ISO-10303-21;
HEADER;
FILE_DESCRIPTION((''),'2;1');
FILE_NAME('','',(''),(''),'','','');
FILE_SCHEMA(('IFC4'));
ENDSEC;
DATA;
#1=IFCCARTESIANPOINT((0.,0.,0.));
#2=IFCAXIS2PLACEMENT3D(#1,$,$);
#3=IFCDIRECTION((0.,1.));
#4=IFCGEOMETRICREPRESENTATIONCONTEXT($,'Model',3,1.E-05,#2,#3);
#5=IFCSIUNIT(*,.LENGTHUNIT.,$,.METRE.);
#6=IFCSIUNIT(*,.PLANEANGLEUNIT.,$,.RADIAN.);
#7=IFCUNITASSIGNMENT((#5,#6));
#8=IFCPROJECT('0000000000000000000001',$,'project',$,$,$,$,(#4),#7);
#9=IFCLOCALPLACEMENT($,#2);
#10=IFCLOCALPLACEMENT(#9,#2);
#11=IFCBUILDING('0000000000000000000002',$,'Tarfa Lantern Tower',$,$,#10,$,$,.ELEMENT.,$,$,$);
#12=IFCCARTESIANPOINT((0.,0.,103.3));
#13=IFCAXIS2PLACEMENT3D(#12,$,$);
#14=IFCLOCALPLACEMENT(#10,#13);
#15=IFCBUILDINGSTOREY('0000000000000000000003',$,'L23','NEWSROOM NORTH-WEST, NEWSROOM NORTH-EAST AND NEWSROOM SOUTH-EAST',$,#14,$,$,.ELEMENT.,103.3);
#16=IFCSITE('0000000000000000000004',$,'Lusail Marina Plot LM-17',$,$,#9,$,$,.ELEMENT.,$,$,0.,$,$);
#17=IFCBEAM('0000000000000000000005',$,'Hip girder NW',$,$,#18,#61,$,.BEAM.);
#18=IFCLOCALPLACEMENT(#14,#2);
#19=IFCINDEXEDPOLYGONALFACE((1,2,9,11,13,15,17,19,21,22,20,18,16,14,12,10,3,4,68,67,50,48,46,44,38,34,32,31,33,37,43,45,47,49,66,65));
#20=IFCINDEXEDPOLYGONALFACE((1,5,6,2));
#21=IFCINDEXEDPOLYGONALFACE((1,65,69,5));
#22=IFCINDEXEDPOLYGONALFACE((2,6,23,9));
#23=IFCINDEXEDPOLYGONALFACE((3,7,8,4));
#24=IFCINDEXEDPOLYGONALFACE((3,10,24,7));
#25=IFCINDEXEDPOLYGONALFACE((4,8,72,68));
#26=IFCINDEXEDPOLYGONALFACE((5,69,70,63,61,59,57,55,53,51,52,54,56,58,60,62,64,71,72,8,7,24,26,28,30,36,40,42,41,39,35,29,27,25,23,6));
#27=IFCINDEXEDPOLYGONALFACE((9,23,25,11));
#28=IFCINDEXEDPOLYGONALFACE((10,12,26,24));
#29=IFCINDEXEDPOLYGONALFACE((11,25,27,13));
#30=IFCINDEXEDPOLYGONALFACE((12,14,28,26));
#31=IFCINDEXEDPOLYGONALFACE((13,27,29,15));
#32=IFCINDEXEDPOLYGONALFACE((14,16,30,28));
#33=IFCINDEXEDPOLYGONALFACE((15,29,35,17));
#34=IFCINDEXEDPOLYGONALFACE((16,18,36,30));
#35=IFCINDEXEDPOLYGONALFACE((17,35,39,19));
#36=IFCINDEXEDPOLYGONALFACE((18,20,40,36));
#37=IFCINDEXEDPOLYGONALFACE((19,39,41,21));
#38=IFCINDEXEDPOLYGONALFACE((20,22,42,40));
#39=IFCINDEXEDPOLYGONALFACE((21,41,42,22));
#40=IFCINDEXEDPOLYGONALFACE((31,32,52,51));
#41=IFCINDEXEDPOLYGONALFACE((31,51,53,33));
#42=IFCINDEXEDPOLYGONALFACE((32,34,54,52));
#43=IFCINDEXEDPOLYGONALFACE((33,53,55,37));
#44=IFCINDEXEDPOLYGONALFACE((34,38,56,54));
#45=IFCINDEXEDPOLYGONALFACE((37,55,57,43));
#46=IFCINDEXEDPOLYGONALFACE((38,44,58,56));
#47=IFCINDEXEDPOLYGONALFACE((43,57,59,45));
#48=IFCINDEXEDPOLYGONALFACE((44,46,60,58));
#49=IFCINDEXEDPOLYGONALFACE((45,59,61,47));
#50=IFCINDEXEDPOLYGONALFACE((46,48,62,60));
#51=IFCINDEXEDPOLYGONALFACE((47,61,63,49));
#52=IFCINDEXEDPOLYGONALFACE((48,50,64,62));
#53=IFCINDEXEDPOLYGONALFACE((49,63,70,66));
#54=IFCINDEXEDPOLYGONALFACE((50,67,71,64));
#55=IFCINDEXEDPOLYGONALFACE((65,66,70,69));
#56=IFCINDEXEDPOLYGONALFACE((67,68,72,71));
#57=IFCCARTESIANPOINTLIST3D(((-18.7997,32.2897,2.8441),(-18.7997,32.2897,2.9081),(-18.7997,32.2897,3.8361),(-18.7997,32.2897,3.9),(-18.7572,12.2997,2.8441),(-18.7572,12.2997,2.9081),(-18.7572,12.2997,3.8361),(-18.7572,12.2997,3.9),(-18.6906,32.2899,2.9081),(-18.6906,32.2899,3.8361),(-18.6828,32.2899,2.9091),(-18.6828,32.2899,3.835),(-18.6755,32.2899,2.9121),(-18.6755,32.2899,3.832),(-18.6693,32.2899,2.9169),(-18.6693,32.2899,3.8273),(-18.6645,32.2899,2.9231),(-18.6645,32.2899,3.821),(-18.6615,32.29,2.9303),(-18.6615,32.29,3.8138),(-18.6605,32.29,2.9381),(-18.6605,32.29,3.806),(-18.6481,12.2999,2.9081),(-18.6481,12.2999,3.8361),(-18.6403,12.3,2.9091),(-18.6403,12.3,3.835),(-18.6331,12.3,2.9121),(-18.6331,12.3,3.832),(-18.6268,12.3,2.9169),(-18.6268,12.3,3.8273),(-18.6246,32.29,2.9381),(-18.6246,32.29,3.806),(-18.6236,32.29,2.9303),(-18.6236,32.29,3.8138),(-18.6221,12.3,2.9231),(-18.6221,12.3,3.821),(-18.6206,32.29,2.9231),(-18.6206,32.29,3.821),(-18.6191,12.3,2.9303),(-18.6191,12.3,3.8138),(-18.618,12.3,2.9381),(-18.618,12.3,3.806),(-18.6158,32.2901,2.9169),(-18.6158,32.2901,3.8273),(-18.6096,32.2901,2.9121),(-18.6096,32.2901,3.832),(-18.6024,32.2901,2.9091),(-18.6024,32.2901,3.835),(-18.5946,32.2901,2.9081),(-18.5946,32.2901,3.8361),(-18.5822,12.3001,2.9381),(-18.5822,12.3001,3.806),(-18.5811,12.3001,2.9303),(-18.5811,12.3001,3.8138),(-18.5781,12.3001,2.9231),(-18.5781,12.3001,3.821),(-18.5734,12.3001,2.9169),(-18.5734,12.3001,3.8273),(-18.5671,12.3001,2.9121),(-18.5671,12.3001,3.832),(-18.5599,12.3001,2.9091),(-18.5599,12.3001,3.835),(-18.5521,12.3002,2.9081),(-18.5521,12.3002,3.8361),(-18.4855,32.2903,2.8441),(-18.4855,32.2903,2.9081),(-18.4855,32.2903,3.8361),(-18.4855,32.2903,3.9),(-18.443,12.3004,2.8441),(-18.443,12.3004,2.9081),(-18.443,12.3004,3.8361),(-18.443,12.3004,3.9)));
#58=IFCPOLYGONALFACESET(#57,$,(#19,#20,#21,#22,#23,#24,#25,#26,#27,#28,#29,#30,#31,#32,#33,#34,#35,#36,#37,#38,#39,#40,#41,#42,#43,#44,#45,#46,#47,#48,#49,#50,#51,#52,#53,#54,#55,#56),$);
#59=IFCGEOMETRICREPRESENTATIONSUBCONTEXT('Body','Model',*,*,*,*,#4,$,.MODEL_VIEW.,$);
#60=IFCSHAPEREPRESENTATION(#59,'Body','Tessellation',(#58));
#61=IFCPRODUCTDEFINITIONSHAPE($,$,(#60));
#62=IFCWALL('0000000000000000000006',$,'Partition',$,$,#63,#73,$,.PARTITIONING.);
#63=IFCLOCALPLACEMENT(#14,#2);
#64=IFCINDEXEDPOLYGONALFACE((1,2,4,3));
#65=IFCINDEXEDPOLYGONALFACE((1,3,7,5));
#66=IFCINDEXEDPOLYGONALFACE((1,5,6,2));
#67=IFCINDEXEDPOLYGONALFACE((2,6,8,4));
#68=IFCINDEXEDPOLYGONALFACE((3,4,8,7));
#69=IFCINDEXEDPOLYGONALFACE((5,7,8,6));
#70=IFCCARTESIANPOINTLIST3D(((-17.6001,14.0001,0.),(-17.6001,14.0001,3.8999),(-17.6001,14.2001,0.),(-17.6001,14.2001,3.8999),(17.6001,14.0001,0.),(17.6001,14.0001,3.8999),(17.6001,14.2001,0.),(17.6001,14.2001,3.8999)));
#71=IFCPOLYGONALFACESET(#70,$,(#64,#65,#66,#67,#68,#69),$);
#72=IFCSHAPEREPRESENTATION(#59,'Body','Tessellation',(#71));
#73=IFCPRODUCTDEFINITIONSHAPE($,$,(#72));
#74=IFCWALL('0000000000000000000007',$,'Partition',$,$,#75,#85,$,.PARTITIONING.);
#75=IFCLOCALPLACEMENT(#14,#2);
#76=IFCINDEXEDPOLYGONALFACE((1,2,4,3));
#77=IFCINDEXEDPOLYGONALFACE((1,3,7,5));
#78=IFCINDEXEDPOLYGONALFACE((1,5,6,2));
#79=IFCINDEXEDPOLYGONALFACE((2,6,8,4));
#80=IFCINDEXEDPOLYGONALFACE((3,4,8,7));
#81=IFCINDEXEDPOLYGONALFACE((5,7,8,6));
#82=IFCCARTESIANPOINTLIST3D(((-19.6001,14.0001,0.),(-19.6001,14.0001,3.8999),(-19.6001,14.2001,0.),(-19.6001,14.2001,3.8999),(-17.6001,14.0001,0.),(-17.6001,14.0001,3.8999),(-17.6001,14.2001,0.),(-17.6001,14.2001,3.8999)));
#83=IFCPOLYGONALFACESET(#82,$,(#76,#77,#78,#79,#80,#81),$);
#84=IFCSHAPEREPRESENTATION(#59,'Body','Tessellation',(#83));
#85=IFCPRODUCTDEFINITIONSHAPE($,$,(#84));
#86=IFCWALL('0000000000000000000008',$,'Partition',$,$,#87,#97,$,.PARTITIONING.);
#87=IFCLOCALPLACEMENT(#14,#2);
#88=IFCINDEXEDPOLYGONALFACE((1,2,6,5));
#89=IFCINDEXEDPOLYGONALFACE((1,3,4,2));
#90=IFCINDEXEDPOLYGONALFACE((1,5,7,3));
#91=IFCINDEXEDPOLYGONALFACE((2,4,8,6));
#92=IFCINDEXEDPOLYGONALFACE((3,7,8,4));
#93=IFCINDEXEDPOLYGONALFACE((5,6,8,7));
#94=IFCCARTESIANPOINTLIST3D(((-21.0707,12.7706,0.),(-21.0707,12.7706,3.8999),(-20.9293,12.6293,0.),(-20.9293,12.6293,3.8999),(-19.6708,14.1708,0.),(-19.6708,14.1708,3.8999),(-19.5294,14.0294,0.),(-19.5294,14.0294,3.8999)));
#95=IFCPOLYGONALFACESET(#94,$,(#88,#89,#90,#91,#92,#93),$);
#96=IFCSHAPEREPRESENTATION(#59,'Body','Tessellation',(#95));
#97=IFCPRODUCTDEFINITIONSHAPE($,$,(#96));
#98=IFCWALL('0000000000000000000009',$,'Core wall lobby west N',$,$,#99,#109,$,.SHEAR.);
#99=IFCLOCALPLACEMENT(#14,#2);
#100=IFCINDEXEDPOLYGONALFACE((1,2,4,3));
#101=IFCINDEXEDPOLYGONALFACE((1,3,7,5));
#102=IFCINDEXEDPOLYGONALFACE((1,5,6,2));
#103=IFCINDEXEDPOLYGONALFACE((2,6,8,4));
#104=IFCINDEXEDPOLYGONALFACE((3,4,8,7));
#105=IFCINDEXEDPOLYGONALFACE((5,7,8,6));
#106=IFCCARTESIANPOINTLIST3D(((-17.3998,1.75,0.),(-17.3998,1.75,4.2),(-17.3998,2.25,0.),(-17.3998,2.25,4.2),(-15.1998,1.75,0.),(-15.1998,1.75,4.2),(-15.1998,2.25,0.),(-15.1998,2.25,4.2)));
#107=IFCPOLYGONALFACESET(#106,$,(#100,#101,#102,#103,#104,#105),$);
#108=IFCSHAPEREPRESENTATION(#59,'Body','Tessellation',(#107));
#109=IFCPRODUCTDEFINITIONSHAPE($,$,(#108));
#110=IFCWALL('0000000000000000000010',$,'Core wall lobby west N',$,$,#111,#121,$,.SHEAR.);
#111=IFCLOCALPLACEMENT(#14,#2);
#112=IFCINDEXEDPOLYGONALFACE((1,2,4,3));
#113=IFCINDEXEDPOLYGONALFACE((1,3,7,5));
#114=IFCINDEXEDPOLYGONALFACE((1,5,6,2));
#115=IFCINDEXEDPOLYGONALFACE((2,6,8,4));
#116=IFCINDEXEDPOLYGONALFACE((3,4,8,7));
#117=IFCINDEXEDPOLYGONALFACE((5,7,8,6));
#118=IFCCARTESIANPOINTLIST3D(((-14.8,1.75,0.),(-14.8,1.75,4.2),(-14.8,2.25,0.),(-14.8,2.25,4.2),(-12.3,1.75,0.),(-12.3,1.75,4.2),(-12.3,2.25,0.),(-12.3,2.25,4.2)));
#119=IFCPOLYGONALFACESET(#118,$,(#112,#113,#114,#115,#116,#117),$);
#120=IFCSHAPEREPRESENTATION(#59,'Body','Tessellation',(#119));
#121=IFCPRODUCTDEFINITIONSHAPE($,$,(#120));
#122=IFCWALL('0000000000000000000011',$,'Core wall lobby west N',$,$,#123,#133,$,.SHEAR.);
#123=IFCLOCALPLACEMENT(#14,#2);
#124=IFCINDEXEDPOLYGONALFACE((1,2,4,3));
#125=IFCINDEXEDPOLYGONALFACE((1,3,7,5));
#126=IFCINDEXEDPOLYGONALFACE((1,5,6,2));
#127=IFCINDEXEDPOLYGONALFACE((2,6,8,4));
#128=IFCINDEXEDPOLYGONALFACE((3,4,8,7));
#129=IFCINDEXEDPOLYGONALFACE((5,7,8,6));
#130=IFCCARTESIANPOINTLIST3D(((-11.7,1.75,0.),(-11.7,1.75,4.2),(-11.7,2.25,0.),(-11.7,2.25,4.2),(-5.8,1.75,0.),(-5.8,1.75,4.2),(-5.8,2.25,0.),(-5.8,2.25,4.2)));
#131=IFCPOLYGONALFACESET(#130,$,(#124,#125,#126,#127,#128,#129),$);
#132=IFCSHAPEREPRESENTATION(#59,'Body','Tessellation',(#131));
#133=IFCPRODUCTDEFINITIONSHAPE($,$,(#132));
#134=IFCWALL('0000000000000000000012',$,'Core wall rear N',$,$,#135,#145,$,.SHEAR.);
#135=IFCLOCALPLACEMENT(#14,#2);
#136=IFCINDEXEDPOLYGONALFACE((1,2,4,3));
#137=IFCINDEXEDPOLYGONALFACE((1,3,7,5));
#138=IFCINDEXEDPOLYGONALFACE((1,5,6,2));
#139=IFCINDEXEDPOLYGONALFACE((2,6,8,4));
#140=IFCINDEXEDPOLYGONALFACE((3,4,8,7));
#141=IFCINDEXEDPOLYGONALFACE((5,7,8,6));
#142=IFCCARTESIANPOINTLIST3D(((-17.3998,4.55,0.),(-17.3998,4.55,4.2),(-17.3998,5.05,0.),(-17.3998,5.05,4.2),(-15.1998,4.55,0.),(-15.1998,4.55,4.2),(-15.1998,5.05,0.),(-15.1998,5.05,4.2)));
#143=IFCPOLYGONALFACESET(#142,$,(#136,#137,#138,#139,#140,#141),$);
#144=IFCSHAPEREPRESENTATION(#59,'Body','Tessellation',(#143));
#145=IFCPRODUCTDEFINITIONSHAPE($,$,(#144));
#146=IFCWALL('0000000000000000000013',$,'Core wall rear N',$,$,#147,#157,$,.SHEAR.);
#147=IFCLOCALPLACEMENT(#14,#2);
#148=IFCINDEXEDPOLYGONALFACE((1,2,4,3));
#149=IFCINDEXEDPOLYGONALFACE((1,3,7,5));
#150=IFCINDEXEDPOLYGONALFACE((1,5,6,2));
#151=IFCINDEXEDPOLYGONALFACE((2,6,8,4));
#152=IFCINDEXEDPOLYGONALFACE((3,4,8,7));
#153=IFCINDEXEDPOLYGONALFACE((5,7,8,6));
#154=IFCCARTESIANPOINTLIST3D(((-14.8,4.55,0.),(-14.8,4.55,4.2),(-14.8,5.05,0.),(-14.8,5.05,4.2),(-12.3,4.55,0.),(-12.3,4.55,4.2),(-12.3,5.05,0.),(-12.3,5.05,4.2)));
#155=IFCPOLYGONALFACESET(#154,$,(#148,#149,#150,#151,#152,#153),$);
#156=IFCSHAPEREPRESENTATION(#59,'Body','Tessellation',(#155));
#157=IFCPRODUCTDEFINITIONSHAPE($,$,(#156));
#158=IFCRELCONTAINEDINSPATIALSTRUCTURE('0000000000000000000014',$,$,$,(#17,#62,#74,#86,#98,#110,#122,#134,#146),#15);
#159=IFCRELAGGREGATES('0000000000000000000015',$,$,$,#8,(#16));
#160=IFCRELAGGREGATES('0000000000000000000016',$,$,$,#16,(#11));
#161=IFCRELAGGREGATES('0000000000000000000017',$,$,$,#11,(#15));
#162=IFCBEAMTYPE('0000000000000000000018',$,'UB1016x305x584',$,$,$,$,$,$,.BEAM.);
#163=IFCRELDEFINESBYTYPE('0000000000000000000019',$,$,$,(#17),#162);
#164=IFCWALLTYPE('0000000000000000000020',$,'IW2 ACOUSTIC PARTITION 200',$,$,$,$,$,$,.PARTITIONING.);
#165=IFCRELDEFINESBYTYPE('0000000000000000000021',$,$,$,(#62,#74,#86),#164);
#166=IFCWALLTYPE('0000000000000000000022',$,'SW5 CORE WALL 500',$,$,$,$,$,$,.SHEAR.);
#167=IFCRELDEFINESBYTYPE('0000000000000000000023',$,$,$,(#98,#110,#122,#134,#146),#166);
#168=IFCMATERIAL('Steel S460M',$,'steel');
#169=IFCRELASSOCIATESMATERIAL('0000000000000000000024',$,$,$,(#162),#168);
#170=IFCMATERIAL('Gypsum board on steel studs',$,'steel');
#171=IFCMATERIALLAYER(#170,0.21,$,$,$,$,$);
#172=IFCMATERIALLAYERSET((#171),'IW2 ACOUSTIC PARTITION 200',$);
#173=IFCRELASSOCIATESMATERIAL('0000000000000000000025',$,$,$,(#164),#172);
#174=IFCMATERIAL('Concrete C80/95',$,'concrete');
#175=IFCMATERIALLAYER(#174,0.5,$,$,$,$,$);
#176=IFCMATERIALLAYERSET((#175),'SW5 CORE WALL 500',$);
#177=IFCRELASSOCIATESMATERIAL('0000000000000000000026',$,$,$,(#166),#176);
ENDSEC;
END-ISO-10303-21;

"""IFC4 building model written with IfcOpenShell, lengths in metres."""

from ifc_helpers import new_model, si_unit, direction, frame, frame_2d, origin, origin_2d, place, context, subcontext, project, spatial, rectangle, i_section, extrude, material, layer, layer_set, material_profile, profile_set, type_object, element, save


model = new_model("IFC4")

# Units and contexts
model_context = context("Model", 3, precision=1e-05, world=origin(), true_north=direction((0.0, 1.0)))
body_context = subcontext(model_context, "Body", "Model", "MODEL_VIEW")
ifc_project = project(units=[si_unit("LENGTHUNIT", "METRE"), si_unit("PLANEANGLEUNIT", "RADIAN")], contexts=[model_context])

# Site, building, storey
site_placement = place(None, origin())
site = spatial("IfcSite", under=ifc_project, at=site_placement, Name="Lusail Marina Plot LM-17", CompositionType="ELEMENT", RefElevation=0.0)
building_placement = place(site_placement, origin())
building = spatial("IfcBuilding", under=site, at=building_placement, Name="Tarfa Lantern Tower", CompositionType="ELEMENT")
storey_placement = place(building_placement, frame((0.0, 0.0, 103.3)))
storey = spatial("IfcBuildingStorey", under=building, at=storey_placement, Name="L23", Description="NEWSROOM NORTH-WEST, NEWSROOM NORTH-EAST AND NEWSROOM SOUTH-EAST", CompositionType="ELEMENT", Elevation=103.3)

# Beam
ifc_material_1 = material(Name="Steel S460M", Category="steel")
ifc_material_profile = material_profile(ifc_material_1, i_section(OverallWidth=0.3142, OverallDepth=1.0559, WebThickness=0.0359, FlangeThickness=0.064, FilletRadius=0.03, at=origin_2d()), Name="UB1016x305x584")
ifc_profile_set = profile_set([ifc_material_profile], Name="Steel S460M")
beam_type = type_object("IfcBeamType", Name="UB1016x305x584", PredefinedType="BEAM", material=ifc_profile_set)
beam_placement = place(storey_placement, frame((-18.6001, 12.3, 3.3721), z_axis=(-0.002125, 0.999998, 0.0), x_axis=(-0.999998, -0.002125, 0.0)))
element("IfcBeam", 1, at=beam_placement, inside=storey, type_object=beam_type, Name="Hip girder NW", PredefinedType="BEAM", context=body_context, shape_type="SweptSolid", body=[
    extrude(i_section(OverallWidth=0.3142, OverallDepth=1.0559, WebThickness=0.0359, FlangeThickness=0.064, FilletRadius=0.03, at=origin_2d()), origin(), (0.0, 0.0, 1.0), 19.99),
])

# Walls
ifc_material_2 = material(Name="Gypsum board on steel studs", Category="steel")
ifc_layer_1 = layer(ifc_material_2, 0.21)
ifc_layer_set_1 = layer_set([ifc_layer_1], Name="IW2 ACOUSTIC PARTITION 200")
wall_type_1 = type_object("IfcWallType", Name="IW2 ACOUSTIC PARTITION 200", PredefinedType="PARTITIONING", material=ifc_layer_set_1)
wall_1_placement = place(storey_placement, frame((-17.6001, 14.1001, 0.0), z_axis=(0.0, 0.0, 1.0), x_axis=(1.0, 0.0, 0.0)))
element("IfcWall", 2, at=wall_1_placement, inside=storey, type_object=wall_type_1, Name="Partition", PredefinedType="PARTITIONING", context=body_context, shape_type="SweptSolid", body=[
    extrude(rectangle(XDim=35.2002, YDim=0.2, at=frame_2d((17.6001, 0.0))), origin(), (0.0, 0.0, 1.0), 3.8999),
])
wall_2_placement = place(storey_placement, frame((-19.6001, 14.1001, 0.0), z_axis=(0.0, 0.0, 1.0), x_axis=(1.0, 0.0, 0.0)))
element("IfcWall", 3, at=wall_2_placement, inside=storey, type_object=wall_type_1, Name="Partition", PredefinedType="PARTITIONING", context=body_context, shape_type="SweptSolid", body=[
    extrude(rectangle(XDim=2.0, YDim=0.2, at=frame_2d((1.0, 0.0))), origin(), (0.0, 0.0, 1.0), 3.8999),
])
wall_3_placement = place(storey_placement, frame((-21.0, 12.7, 0.0), z_axis=(0.0, 0.0, 1.0), x_axis=(0.707045, 0.707168, 0.0)))
element("IfcWall", 4, at=wall_3_placement, inside=storey, type_object=wall_type_1, Name="Partition", PredefinedType="PARTITIONING", context=body_context, shape_type="SweptSolid", body=[
    extrude(rectangle(XDim=1.98, YDim=0.2, at=frame_2d((0.99, 0.0))), origin(), (0.0, 0.0, 1.0), 3.8999),
])

# Shared definitions
ifc_material_3 = material(Name="Concrete C80/95", Category="concrete")

# Walls
ifc_layer_2 = layer(ifc_material_3, 0.5)
ifc_layer_set_2 = layer_set([ifc_layer_2], Name="SW5 CORE WALL 500")
wall_type_2 = type_object("IfcWallType", Name="SW5 CORE WALL 500", PredefinedType="SHEAR", material=ifc_layer_set_2)
wall_4_placement = place(storey_placement, frame((-17.3999, 2.0, 0.0), z_axis=(0.0, 0.0, 1.0), x_axis=(1.0, 0.0, 0.0)))
element("IfcWall", 5, at=wall_4_placement, inside=storey, type_object=wall_type_2, Name="Core wall lobby west N", PredefinedType="SHEAR", context=body_context, shape_type="SweptSolid", body=[
    extrude(rectangle(XDim=2.2, YDim=0.5, at=frame_2d((1.1001, 0.0))), origin(), (0.0, 0.0, 1.0), 4.2),
])
wall_5_placement = place(storey_placement, frame((-14.8, 2.0, 0.0), z_axis=(0.0, 0.0, 1.0), x_axis=(1.0, 0.0, 0.0)))
element("IfcWall", 6, at=wall_5_placement, inside=storey, type_object=wall_type_2, Name="Core wall lobby west N", PredefinedType="SHEAR", context=body_context, shape_type="SweptSolid", body=[
    extrude(rectangle(XDim=2.5, YDim=0.5, at=frame_2d((1.25, 0.0))), origin(), (0.0, 0.0, 1.0), 4.2),
])
wall_6_placement = place(storey_placement, frame((-11.7, 2.0, 0.0), z_axis=(0.0, 0.0, 1.0), x_axis=(1.0, 0.0, 0.0)))
element("IfcWall", 7, at=wall_6_placement, inside=storey, type_object=wall_type_2, Name="Core wall lobby west N", PredefinedType="SHEAR", context=body_context, shape_type="SweptSolid", body=[
    extrude(rectangle(XDim=5.8999, YDim=0.5, at=frame_2d((2.95, 0.0))), origin(), (0.0, 0.0, 1.0), 4.2),
])
wall_7_placement = place(storey_placement, frame((-17.3999, 4.8, 0.0), z_axis=(0.0, 0.0, 1.0), x_axis=(1.0, 0.0, 0.0)))
element("IfcWall", 8, at=wall_7_placement, inside=storey, type_object=wall_type_2, Name="Core wall rear N", PredefinedType="SHEAR", context=body_context, shape_type="SweptSolid", body=[
    extrude(rectangle(XDim=2.2, YDim=0.5, at=frame_2d((1.1001, 0.0))), origin(), (0.0, 0.0, 1.0), 4.2),
])
wall_8_placement = place(storey_placement, frame((-14.8, 4.8, 0.0), z_axis=(0.0, 0.0, 1.0), x_axis=(1.0, 0.0, 0.0)))
element("IfcWall", 9, at=wall_8_placement, inside=storey, type_object=wall_type_2, Name="Core wall rear N", PredefinedType="SHEAR", context=body_context, shape_type="SweptSolid", body=[
    extrude(rectangle(XDim=2.5, YDim=0.5, at=frame_2d((1.25, 0.0))), origin(), (0.0, 0.0, 1.0), 4.2),
])

save(model, "model.ifc")
